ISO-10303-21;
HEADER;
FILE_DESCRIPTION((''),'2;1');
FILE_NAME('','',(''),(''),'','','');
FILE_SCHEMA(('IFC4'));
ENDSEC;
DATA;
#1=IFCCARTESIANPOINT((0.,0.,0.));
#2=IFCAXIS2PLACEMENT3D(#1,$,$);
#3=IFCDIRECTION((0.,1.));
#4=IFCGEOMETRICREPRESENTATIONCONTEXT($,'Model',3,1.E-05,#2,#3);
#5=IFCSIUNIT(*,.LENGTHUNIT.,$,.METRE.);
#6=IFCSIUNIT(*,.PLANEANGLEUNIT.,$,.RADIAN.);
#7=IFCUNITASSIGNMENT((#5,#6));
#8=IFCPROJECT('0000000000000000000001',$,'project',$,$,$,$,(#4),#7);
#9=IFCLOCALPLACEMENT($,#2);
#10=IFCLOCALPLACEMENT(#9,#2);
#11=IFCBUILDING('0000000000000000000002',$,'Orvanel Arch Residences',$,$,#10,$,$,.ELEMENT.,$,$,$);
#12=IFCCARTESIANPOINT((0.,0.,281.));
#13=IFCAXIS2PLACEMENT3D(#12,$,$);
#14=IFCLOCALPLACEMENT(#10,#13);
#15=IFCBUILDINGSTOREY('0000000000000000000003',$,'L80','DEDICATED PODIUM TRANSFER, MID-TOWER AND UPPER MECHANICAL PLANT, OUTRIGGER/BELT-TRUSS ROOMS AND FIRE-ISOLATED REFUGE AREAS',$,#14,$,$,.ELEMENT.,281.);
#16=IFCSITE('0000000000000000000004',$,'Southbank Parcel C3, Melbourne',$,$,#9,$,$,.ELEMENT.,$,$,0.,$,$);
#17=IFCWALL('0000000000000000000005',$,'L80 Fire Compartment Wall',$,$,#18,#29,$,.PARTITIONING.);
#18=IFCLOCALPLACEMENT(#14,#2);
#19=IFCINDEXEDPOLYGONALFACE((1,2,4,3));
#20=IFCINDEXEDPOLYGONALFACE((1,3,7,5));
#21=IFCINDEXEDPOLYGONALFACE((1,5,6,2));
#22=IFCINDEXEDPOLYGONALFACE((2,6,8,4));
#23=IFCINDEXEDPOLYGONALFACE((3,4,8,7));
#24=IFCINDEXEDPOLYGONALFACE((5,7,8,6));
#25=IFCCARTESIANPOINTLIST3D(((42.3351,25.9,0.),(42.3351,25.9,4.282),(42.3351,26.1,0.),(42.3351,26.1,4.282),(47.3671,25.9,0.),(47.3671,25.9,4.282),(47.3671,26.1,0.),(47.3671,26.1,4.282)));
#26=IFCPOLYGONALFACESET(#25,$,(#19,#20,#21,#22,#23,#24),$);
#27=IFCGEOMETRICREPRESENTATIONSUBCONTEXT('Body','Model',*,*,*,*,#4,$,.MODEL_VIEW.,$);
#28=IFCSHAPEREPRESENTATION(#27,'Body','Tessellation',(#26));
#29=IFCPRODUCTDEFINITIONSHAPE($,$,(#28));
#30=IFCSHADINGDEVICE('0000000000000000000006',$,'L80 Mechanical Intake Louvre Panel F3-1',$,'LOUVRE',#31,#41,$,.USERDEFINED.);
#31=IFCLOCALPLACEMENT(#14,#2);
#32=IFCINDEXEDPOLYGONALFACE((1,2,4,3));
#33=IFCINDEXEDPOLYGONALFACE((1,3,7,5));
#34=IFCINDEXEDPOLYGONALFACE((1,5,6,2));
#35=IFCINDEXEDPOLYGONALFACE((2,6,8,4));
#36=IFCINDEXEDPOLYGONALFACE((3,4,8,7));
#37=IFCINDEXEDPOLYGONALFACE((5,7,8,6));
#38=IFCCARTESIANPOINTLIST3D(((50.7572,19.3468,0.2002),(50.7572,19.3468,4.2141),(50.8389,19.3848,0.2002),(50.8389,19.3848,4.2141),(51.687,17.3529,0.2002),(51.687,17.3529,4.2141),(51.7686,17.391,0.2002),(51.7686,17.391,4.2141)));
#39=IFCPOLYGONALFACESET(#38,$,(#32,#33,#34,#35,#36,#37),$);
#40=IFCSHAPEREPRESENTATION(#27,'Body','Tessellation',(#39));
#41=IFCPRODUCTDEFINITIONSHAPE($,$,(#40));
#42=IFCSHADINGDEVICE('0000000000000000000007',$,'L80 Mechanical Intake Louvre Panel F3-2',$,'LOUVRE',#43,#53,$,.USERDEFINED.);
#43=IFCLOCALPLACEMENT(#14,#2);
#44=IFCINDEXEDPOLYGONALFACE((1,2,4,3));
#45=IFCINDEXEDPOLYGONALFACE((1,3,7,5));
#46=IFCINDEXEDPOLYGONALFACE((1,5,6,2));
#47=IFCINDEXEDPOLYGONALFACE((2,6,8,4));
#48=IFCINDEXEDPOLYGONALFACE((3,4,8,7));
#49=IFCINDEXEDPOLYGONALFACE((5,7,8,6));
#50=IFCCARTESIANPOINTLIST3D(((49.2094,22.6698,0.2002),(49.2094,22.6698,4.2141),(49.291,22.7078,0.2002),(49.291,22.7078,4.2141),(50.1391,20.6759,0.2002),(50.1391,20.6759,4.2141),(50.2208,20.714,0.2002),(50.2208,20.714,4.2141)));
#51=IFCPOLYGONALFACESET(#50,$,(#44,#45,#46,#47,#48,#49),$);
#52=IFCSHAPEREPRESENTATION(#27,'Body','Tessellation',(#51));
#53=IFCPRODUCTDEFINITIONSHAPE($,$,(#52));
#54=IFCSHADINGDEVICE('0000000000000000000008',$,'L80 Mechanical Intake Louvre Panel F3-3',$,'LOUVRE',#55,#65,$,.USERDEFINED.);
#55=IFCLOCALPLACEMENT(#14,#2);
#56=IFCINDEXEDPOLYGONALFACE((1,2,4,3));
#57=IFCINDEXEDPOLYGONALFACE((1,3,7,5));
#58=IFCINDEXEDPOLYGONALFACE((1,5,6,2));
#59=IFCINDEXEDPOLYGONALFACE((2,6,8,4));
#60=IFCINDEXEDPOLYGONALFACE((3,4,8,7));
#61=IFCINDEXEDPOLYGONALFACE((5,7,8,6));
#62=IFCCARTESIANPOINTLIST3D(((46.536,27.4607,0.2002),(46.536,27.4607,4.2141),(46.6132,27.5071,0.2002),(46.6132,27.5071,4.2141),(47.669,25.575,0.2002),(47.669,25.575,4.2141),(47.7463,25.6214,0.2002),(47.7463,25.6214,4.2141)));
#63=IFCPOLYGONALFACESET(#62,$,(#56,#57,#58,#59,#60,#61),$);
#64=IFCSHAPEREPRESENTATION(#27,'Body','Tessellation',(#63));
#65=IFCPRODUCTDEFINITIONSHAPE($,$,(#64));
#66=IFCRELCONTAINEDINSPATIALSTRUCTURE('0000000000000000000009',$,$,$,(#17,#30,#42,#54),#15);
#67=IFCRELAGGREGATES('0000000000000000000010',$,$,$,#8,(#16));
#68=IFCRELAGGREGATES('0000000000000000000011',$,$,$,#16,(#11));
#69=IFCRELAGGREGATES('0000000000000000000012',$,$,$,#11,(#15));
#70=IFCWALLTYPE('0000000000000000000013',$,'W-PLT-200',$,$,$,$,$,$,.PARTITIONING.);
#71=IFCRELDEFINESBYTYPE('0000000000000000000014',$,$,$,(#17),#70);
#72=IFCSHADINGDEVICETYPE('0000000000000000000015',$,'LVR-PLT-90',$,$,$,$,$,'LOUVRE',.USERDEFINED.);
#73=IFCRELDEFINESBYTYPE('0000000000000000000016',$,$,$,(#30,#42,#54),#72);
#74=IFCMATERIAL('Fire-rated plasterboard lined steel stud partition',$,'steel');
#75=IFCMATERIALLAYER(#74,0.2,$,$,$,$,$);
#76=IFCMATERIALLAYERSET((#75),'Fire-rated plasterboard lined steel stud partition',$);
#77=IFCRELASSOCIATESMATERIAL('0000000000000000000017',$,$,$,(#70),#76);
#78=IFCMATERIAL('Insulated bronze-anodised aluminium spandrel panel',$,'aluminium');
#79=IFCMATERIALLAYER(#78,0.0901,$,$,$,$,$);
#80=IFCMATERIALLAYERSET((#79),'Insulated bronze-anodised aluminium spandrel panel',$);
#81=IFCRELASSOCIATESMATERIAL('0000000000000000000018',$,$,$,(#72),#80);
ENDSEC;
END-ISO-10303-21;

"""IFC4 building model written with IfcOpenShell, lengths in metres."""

from ifc_helpers import new_model, si_unit, direction, frame, frame_2d, origin, origin_2d, place, context, subcontext, project, spatial, rectangle, extrude, material, layer, layer_set, type_object, element, save


model = new_model("IFC4")

# Units and contexts
model_context = context("Model", 3, precision=1e-05, world=origin(), true_north=direction((0.0, 1.0)))
body_context = subcontext(model_context, "Body", "Model", "MODEL_VIEW")
ifc_project = project(units=[si_unit("LENGTHUNIT", "METRE"), si_unit("PLANEANGLEUNIT", "RADIAN")], contexts=[model_context])

# Site, building, storey
site_placement = place(None, origin())
site = spatial("IfcSite", under=ifc_project, at=site_placement, Name="Southbank Parcel C3, Melbourne", CompositionType="ELEMENT", RefElevation=0.0)
building_placement = place(site_placement, origin())
building = spatial("IfcBuilding", under=site, at=building_placement, Name="Orvanel Arch Residences", CompositionType="ELEMENT")
storey_placement = place(building_placement, frame((0.0, 0.0, 281.0)))
storey = spatial("IfcBuildingStorey", under=building, at=storey_placement, Name="L80", Description="DEDICATED PODIUM TRANSFER, MID-TOWER AND UPPER MECHANICAL PLANT, OUTRIGGER/BELT-TRUSS ROOMS AND FIRE-ISOLATED REFUGE AREAS", CompositionType="ELEMENT", Elevation=281.0)

# Shared definitions
ifc_material_1 = material(Name="Fire-rated plasterboard lined steel stud partition", Category="steel")
ifc_layer_1 = layer(ifc_material_1, 0.2)
ifc_layer_set_1 = layer_set([ifc_layer_1], Name="Fire-rated plasterboard lined steel stud partition")
wall_type_1 = type_object("IfcWallType", Name="W-PLT-200", PredefinedType="PARTITIONING", material=ifc_layer_set_1)

# Wall
wall_1_placement = place(storey_placement, frame((42.335, 26.0, 0.0), z_axis=(0.0, 0.0, 1.0), x_axis=(1.0, 0.0, 0.0)))
element("IfcWall", 1, at=wall_1_placement, inside=storey, type_object=wall_type_1, Name="L80 Fire Compartment Wall", PredefinedType="PARTITIONING", context=body_context, shape_type="SweptSolid", body=[
    extrude(rectangle(XDim=5.032, YDim=0.2, at=frame_2d((2.5161, 0.0))), origin(), (0.0, 0.0, 1.0), 4.282),
])

# Shading devices
ifc_material_2 = material(Name="Insulated bronze-anodised aluminium spandrel panel", Category="aluminium")
ifc_layer_2 = layer(ifc_material_2, 0.0901)
ifc_layer_set_2 = layer_set([ifc_layer_2], Name="Insulated bronze-anodised aluminium spandrel panel")
shading_device_type = type_object("IfcShadingDeviceType", Name="LVR-PLT-90", ElementType="LOUVRE", PredefinedType="USERDEFINED", material=ifc_layer_set_2)
for number, where, z_axis, x_axis, name in (
    (2, (51.2629, 18.3689, 0.2002), (0.0, 0.0, 1.0), (-0.422618, 0.906308, 0.0), "L80 Mechanical Intake Louvre Panel F3-1"),
    (3, (49.7151, 21.6919, 0.2002), (0.0, 0.0, 1.0), (-0.422618, 0.906308, 0.0), "L80 Mechanical Intake Louvre Panel F3-2"),
    (4, (47.1411, 26.541, 0.2002), (0.0, 0.0, 1.0), (-0.515038, 0.857167, 0.0), "L80 Mechanical Intake Louvre Panel F3-3"),
):
    element("IfcShadingDevice", number, at=place(storey_placement, frame(where, z_axis=z_axis, x_axis=x_axis)), inside=storey, type_object=shading_device_type, Name=name, ObjectType="LOUVRE", PredefinedType="USERDEFINED", context=body_context, shape_type="SweptSolid", body=[
        extrude(rectangle(XDim=2.2, YDim=0.0901, at=origin_2d()), origin(), (0.0, 0.0, 1.0), 4.0139),
    ])

save(model, "model.ifc")
